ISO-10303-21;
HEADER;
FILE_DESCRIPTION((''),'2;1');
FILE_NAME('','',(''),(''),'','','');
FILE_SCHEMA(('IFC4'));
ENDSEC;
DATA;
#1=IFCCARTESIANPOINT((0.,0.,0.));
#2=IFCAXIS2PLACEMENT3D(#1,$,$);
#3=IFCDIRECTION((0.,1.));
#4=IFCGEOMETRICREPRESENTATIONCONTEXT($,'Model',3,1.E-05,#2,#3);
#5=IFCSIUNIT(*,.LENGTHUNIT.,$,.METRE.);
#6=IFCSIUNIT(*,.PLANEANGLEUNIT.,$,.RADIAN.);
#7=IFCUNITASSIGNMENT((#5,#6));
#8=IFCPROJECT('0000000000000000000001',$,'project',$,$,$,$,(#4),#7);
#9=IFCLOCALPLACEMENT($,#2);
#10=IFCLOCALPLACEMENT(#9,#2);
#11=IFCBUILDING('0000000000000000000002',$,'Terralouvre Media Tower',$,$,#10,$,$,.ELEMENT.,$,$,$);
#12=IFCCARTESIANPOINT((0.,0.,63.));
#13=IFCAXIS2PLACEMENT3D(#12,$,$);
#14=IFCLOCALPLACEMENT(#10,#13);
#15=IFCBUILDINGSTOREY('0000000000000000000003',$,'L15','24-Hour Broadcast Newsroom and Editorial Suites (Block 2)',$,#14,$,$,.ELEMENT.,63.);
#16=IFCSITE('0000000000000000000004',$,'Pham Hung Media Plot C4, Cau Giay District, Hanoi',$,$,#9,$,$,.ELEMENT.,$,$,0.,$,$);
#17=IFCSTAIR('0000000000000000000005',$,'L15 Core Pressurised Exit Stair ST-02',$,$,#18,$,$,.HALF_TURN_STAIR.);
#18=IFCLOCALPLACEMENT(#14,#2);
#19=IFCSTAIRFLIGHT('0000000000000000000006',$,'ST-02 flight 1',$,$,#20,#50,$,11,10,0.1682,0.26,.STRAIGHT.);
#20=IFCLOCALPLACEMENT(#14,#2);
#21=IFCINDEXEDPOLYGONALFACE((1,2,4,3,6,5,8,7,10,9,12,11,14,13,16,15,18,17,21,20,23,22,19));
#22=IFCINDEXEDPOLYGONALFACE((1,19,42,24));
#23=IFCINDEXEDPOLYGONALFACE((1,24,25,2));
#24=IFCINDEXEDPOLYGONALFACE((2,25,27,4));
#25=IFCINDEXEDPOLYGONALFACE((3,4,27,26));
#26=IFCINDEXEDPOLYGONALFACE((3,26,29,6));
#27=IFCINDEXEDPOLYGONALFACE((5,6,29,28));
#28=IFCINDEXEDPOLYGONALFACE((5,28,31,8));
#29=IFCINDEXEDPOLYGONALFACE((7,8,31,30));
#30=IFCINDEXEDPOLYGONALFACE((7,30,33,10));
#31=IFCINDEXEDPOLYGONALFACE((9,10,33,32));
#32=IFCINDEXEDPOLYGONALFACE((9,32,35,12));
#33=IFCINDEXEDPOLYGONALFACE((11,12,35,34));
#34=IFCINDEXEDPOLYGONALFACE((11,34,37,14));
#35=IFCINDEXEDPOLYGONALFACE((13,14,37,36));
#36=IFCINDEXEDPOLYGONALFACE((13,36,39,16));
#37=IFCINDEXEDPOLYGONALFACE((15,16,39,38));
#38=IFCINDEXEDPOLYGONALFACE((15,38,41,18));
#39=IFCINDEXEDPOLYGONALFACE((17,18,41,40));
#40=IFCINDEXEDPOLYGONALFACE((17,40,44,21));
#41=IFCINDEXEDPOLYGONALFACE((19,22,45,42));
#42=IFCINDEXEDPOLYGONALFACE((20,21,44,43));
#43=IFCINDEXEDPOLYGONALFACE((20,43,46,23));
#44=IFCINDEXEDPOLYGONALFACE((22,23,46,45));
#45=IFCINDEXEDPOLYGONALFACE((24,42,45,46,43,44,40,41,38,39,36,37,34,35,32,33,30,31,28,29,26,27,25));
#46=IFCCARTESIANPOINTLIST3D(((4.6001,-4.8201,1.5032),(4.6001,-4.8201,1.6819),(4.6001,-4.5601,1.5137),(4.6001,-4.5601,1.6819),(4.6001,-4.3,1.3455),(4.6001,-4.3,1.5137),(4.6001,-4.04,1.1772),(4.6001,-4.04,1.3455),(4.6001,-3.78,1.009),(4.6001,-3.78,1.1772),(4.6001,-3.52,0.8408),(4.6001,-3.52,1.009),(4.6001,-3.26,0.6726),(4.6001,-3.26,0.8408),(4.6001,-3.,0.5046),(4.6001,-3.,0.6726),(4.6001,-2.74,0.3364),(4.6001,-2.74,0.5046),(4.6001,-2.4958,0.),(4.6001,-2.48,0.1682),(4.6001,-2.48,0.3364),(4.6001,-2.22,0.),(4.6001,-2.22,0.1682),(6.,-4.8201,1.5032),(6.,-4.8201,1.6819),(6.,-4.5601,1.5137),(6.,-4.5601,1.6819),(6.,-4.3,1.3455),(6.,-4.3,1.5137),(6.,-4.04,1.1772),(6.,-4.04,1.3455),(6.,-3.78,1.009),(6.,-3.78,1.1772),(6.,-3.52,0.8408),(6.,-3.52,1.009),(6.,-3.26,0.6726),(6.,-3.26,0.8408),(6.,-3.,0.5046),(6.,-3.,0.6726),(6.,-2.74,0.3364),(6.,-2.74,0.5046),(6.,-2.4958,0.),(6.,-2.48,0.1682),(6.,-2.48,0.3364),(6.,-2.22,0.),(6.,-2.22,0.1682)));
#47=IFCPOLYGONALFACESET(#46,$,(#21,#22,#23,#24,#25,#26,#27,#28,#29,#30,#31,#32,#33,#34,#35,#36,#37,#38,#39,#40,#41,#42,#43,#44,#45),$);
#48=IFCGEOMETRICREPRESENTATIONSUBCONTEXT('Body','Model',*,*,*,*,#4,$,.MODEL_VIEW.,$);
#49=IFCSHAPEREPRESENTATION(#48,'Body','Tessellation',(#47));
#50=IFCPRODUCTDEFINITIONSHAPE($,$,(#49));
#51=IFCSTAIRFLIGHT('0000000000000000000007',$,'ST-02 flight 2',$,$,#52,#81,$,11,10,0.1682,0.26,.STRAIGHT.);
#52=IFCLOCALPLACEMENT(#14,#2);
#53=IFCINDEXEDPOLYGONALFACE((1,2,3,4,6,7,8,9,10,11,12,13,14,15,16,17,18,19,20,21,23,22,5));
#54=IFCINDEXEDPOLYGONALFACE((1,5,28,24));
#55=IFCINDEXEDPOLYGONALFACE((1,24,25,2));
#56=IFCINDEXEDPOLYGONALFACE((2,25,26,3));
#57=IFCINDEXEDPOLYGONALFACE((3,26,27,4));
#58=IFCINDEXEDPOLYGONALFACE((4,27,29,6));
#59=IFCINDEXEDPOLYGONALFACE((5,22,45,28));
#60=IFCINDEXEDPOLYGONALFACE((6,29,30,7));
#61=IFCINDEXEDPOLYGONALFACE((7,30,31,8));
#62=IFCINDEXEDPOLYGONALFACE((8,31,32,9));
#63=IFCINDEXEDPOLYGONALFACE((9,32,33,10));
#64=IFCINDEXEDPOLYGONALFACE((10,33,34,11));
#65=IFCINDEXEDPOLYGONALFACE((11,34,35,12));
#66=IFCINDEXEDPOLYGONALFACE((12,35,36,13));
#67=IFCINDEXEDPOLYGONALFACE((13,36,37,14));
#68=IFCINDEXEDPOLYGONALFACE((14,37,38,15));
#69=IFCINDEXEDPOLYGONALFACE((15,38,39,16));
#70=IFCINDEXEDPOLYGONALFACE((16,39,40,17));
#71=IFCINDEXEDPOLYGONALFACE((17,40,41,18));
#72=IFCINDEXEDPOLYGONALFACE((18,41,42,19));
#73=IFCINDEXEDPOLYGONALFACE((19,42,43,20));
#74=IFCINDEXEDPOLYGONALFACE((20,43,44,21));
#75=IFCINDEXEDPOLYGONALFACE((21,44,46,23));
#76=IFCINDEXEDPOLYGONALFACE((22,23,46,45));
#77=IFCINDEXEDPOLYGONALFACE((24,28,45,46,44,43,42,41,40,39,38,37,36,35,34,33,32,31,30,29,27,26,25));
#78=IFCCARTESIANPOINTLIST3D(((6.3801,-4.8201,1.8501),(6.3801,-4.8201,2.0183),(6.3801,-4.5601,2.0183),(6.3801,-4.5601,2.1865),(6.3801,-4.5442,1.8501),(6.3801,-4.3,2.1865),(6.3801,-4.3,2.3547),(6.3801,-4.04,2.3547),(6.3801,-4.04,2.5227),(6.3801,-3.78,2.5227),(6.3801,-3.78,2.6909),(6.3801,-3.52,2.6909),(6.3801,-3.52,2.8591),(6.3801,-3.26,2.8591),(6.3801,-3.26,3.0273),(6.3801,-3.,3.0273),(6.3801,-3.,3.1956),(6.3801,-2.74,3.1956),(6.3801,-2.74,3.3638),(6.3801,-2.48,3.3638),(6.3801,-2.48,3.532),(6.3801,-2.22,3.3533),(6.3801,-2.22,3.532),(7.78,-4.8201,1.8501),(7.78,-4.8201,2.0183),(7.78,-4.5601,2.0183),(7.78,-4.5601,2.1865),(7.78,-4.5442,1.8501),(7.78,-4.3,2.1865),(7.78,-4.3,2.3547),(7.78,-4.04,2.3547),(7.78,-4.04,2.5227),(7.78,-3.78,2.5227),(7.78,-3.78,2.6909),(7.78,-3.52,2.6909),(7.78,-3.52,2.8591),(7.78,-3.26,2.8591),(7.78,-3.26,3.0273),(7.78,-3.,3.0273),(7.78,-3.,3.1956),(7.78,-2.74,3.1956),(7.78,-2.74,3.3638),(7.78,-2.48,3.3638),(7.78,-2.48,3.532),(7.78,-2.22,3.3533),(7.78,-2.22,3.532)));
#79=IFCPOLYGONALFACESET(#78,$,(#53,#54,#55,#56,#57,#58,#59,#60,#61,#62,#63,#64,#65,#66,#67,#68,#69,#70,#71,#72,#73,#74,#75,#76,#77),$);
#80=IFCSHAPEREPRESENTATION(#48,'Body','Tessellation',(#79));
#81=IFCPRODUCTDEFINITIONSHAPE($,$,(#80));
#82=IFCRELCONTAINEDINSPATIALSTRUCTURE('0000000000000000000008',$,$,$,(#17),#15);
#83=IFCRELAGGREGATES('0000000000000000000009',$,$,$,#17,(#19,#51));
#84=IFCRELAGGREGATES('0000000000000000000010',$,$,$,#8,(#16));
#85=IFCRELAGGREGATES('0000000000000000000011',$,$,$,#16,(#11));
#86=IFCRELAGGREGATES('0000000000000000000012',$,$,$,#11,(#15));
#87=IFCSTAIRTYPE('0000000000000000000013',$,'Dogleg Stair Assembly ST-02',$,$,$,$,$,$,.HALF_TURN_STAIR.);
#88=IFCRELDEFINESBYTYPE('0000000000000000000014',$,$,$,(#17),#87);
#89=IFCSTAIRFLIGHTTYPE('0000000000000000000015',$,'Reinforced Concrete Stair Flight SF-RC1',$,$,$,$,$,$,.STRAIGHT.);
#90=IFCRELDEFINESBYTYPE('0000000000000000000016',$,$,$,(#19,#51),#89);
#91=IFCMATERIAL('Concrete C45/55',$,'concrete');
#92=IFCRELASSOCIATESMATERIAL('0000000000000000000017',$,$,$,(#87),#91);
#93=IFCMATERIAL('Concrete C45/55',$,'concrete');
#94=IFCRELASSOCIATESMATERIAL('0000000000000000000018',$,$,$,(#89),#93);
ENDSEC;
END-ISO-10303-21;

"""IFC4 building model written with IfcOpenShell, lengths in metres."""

from ifc_helpers import new_model, si_unit, direction, frame, origin, place, context, subcontext, project, spatial, polyline, outline, extrude, material, type_object, element, aggregate, save


model = new_model("IFC4")

# Units and contexts
model_context = context("Model", 3, precision=1e-05, world=origin(), true_north=direction((0.0, 1.0)))
body_context = subcontext(model_context, "Body", "Model", "MODEL_VIEW")
ifc_project = project(units=[si_unit("LENGTHUNIT", "METRE"), si_unit("PLANEANGLEUNIT", "RADIAN")], contexts=[model_context])

# Site, building, storey
site_placement = place(None, origin())
site = spatial("IfcSite", under=ifc_project, at=site_placement, Name="Pham Hung Media Plot C4, Cau Giay District, Hanoi", CompositionType="ELEMENT", RefElevation=0.0)
building_placement = place(site_placement, origin())
building = spatial("IfcBuilding", under=site, at=building_placement, Name="Terralouvre Media Tower", CompositionType="ELEMENT")
storey_placement = place(building_placement, frame((0.0, 0.0, 63.0)))
storey = spatial("IfcBuildingStorey", under=building, at=storey_placement, Name="L15", Description="24-Hour Broadcast Newsroom and Editorial Suites (Block 2)", CompositionType="ELEMENT", Elevation=63.0)

# Stair, stair flights
ifc_material_1 = material(Name="Concrete C45/55", Category="concrete")
stair_type = type_object("IfcStairType", Name="Dogleg Stair Assembly ST-02", PredefinedType="HALF_TURN_STAIR", material=ifc_material_1)
stair_placement = place(storey_placement, origin())
stair = element("IfcStair", 1, at=stair_placement, inside=storey, type_object=stair_type, Name="L15 Core Pressurised Exit Stair ST-02", PredefinedType="HALF_TURN_STAIR")
ifc_material_2 = material(Name="Concrete C45/55", Category="concrete")
stair_flight_type = type_object("IfcStairFlightType", Name="Reinforced Concrete Stair Flight SF-RC1", PredefinedType="STRAIGHT", material=ifc_material_2)
stair_flight_1_placement = place(storey_placement, frame((5.3, -2.22, 0.0), z_axis=(0.0, 0.0, 1.0), x_axis=(0.0, -1.0, 0.0)))
stair_flight_1 = element("IfcStairFlight", 2, at=stair_flight_1_placement, type_object=stair_flight_type, Name="ST-02 flight 1", NumberOfRisers=11, NumberOfTreads=10, PredefinedType="STRAIGHT", RiserHeight=0.1682, TreadLength=0.26, context=body_context, shape_type="SweptSolid", body=[
    extrude(outline(polyline([(0.0, 0.0), (0.0, 0.1682), (0.26, 0.1682), (0.26, 0.3364), (0.52, 0.3364), (0.52, 0.5046), (0.78, 0.5046), (0.78, 0.6726), (1.04, 0.6726), (1.04, 0.8408), (1.3, 0.8408), (1.3, 1.009), (1.5601, 1.009), (1.5601, 1.1772), (1.8201, 1.1772), (1.8201, 1.3455), (2.0801, 1.3455), (2.0801, 1.5137), (2.3401, 1.5137), (2.3401, 1.6819), (2.6001, 1.6819), (2.6001, 1.8501), (2.6001, 1.5032), (0.2759, 0.0), (0.0, 0.0)])), frame((0.0, 0.7, 0.0), z_axis=(0.0, -1.0, 0.0), x_axis=(1.0, 0.0, 0.0)), (0.0, 0.0, 1.0), 1.3999),
])
stair_flight_2_placement = place(storey_placement, frame((7.0801, -4.8201, 1.8501), z_axis=(0.0, 0.0, 1.0), x_axis=(0.0, 1.0, 0.0)))
stair_flight_2 = element("IfcStairFlight", 3, at=stair_flight_2_placement, type_object=stair_flight_type, Name="ST-02 flight 2", NumberOfRisers=11, NumberOfTreads=10, PredefinedType="STRAIGHT", RiserHeight=0.1682, TreadLength=0.26, context=body_context, shape_type="SweptSolid", body=[
    extrude(outline(polyline([(0.0, 0.0), (0.0, 0.1682), (0.26, 0.1682), (0.26, 0.3364), (0.52, 0.3364), (0.52, 0.5046), (0.78, 0.5046), (0.78, 0.6726), (1.04, 0.6726), (1.04, 0.8408), (1.3, 0.8408), (1.3, 1.009), (1.5601, 1.009), (1.5601, 1.1772), (1.8201, 1.1772), (1.8201, 1.3455), (2.0801, 1.3455), (2.0801, 1.5137), (2.3401, 1.5137), (2.3401, 1.6819), (2.6001, 1.6819), (2.6001, 1.8501), (2.6001, 1.5032), (0.2759, 0.0), (0.0, 0.0)])), frame((0.0, 0.7, 0.0), z_axis=(0.0, -1.0, 0.0), x_axis=(1.0, 0.0, 0.0)), (0.0, 0.0, 1.0), 1.3999),
])
aggregate(stair, [stair_flight_1, stair_flight_2])

save(model, "model.ifc")
